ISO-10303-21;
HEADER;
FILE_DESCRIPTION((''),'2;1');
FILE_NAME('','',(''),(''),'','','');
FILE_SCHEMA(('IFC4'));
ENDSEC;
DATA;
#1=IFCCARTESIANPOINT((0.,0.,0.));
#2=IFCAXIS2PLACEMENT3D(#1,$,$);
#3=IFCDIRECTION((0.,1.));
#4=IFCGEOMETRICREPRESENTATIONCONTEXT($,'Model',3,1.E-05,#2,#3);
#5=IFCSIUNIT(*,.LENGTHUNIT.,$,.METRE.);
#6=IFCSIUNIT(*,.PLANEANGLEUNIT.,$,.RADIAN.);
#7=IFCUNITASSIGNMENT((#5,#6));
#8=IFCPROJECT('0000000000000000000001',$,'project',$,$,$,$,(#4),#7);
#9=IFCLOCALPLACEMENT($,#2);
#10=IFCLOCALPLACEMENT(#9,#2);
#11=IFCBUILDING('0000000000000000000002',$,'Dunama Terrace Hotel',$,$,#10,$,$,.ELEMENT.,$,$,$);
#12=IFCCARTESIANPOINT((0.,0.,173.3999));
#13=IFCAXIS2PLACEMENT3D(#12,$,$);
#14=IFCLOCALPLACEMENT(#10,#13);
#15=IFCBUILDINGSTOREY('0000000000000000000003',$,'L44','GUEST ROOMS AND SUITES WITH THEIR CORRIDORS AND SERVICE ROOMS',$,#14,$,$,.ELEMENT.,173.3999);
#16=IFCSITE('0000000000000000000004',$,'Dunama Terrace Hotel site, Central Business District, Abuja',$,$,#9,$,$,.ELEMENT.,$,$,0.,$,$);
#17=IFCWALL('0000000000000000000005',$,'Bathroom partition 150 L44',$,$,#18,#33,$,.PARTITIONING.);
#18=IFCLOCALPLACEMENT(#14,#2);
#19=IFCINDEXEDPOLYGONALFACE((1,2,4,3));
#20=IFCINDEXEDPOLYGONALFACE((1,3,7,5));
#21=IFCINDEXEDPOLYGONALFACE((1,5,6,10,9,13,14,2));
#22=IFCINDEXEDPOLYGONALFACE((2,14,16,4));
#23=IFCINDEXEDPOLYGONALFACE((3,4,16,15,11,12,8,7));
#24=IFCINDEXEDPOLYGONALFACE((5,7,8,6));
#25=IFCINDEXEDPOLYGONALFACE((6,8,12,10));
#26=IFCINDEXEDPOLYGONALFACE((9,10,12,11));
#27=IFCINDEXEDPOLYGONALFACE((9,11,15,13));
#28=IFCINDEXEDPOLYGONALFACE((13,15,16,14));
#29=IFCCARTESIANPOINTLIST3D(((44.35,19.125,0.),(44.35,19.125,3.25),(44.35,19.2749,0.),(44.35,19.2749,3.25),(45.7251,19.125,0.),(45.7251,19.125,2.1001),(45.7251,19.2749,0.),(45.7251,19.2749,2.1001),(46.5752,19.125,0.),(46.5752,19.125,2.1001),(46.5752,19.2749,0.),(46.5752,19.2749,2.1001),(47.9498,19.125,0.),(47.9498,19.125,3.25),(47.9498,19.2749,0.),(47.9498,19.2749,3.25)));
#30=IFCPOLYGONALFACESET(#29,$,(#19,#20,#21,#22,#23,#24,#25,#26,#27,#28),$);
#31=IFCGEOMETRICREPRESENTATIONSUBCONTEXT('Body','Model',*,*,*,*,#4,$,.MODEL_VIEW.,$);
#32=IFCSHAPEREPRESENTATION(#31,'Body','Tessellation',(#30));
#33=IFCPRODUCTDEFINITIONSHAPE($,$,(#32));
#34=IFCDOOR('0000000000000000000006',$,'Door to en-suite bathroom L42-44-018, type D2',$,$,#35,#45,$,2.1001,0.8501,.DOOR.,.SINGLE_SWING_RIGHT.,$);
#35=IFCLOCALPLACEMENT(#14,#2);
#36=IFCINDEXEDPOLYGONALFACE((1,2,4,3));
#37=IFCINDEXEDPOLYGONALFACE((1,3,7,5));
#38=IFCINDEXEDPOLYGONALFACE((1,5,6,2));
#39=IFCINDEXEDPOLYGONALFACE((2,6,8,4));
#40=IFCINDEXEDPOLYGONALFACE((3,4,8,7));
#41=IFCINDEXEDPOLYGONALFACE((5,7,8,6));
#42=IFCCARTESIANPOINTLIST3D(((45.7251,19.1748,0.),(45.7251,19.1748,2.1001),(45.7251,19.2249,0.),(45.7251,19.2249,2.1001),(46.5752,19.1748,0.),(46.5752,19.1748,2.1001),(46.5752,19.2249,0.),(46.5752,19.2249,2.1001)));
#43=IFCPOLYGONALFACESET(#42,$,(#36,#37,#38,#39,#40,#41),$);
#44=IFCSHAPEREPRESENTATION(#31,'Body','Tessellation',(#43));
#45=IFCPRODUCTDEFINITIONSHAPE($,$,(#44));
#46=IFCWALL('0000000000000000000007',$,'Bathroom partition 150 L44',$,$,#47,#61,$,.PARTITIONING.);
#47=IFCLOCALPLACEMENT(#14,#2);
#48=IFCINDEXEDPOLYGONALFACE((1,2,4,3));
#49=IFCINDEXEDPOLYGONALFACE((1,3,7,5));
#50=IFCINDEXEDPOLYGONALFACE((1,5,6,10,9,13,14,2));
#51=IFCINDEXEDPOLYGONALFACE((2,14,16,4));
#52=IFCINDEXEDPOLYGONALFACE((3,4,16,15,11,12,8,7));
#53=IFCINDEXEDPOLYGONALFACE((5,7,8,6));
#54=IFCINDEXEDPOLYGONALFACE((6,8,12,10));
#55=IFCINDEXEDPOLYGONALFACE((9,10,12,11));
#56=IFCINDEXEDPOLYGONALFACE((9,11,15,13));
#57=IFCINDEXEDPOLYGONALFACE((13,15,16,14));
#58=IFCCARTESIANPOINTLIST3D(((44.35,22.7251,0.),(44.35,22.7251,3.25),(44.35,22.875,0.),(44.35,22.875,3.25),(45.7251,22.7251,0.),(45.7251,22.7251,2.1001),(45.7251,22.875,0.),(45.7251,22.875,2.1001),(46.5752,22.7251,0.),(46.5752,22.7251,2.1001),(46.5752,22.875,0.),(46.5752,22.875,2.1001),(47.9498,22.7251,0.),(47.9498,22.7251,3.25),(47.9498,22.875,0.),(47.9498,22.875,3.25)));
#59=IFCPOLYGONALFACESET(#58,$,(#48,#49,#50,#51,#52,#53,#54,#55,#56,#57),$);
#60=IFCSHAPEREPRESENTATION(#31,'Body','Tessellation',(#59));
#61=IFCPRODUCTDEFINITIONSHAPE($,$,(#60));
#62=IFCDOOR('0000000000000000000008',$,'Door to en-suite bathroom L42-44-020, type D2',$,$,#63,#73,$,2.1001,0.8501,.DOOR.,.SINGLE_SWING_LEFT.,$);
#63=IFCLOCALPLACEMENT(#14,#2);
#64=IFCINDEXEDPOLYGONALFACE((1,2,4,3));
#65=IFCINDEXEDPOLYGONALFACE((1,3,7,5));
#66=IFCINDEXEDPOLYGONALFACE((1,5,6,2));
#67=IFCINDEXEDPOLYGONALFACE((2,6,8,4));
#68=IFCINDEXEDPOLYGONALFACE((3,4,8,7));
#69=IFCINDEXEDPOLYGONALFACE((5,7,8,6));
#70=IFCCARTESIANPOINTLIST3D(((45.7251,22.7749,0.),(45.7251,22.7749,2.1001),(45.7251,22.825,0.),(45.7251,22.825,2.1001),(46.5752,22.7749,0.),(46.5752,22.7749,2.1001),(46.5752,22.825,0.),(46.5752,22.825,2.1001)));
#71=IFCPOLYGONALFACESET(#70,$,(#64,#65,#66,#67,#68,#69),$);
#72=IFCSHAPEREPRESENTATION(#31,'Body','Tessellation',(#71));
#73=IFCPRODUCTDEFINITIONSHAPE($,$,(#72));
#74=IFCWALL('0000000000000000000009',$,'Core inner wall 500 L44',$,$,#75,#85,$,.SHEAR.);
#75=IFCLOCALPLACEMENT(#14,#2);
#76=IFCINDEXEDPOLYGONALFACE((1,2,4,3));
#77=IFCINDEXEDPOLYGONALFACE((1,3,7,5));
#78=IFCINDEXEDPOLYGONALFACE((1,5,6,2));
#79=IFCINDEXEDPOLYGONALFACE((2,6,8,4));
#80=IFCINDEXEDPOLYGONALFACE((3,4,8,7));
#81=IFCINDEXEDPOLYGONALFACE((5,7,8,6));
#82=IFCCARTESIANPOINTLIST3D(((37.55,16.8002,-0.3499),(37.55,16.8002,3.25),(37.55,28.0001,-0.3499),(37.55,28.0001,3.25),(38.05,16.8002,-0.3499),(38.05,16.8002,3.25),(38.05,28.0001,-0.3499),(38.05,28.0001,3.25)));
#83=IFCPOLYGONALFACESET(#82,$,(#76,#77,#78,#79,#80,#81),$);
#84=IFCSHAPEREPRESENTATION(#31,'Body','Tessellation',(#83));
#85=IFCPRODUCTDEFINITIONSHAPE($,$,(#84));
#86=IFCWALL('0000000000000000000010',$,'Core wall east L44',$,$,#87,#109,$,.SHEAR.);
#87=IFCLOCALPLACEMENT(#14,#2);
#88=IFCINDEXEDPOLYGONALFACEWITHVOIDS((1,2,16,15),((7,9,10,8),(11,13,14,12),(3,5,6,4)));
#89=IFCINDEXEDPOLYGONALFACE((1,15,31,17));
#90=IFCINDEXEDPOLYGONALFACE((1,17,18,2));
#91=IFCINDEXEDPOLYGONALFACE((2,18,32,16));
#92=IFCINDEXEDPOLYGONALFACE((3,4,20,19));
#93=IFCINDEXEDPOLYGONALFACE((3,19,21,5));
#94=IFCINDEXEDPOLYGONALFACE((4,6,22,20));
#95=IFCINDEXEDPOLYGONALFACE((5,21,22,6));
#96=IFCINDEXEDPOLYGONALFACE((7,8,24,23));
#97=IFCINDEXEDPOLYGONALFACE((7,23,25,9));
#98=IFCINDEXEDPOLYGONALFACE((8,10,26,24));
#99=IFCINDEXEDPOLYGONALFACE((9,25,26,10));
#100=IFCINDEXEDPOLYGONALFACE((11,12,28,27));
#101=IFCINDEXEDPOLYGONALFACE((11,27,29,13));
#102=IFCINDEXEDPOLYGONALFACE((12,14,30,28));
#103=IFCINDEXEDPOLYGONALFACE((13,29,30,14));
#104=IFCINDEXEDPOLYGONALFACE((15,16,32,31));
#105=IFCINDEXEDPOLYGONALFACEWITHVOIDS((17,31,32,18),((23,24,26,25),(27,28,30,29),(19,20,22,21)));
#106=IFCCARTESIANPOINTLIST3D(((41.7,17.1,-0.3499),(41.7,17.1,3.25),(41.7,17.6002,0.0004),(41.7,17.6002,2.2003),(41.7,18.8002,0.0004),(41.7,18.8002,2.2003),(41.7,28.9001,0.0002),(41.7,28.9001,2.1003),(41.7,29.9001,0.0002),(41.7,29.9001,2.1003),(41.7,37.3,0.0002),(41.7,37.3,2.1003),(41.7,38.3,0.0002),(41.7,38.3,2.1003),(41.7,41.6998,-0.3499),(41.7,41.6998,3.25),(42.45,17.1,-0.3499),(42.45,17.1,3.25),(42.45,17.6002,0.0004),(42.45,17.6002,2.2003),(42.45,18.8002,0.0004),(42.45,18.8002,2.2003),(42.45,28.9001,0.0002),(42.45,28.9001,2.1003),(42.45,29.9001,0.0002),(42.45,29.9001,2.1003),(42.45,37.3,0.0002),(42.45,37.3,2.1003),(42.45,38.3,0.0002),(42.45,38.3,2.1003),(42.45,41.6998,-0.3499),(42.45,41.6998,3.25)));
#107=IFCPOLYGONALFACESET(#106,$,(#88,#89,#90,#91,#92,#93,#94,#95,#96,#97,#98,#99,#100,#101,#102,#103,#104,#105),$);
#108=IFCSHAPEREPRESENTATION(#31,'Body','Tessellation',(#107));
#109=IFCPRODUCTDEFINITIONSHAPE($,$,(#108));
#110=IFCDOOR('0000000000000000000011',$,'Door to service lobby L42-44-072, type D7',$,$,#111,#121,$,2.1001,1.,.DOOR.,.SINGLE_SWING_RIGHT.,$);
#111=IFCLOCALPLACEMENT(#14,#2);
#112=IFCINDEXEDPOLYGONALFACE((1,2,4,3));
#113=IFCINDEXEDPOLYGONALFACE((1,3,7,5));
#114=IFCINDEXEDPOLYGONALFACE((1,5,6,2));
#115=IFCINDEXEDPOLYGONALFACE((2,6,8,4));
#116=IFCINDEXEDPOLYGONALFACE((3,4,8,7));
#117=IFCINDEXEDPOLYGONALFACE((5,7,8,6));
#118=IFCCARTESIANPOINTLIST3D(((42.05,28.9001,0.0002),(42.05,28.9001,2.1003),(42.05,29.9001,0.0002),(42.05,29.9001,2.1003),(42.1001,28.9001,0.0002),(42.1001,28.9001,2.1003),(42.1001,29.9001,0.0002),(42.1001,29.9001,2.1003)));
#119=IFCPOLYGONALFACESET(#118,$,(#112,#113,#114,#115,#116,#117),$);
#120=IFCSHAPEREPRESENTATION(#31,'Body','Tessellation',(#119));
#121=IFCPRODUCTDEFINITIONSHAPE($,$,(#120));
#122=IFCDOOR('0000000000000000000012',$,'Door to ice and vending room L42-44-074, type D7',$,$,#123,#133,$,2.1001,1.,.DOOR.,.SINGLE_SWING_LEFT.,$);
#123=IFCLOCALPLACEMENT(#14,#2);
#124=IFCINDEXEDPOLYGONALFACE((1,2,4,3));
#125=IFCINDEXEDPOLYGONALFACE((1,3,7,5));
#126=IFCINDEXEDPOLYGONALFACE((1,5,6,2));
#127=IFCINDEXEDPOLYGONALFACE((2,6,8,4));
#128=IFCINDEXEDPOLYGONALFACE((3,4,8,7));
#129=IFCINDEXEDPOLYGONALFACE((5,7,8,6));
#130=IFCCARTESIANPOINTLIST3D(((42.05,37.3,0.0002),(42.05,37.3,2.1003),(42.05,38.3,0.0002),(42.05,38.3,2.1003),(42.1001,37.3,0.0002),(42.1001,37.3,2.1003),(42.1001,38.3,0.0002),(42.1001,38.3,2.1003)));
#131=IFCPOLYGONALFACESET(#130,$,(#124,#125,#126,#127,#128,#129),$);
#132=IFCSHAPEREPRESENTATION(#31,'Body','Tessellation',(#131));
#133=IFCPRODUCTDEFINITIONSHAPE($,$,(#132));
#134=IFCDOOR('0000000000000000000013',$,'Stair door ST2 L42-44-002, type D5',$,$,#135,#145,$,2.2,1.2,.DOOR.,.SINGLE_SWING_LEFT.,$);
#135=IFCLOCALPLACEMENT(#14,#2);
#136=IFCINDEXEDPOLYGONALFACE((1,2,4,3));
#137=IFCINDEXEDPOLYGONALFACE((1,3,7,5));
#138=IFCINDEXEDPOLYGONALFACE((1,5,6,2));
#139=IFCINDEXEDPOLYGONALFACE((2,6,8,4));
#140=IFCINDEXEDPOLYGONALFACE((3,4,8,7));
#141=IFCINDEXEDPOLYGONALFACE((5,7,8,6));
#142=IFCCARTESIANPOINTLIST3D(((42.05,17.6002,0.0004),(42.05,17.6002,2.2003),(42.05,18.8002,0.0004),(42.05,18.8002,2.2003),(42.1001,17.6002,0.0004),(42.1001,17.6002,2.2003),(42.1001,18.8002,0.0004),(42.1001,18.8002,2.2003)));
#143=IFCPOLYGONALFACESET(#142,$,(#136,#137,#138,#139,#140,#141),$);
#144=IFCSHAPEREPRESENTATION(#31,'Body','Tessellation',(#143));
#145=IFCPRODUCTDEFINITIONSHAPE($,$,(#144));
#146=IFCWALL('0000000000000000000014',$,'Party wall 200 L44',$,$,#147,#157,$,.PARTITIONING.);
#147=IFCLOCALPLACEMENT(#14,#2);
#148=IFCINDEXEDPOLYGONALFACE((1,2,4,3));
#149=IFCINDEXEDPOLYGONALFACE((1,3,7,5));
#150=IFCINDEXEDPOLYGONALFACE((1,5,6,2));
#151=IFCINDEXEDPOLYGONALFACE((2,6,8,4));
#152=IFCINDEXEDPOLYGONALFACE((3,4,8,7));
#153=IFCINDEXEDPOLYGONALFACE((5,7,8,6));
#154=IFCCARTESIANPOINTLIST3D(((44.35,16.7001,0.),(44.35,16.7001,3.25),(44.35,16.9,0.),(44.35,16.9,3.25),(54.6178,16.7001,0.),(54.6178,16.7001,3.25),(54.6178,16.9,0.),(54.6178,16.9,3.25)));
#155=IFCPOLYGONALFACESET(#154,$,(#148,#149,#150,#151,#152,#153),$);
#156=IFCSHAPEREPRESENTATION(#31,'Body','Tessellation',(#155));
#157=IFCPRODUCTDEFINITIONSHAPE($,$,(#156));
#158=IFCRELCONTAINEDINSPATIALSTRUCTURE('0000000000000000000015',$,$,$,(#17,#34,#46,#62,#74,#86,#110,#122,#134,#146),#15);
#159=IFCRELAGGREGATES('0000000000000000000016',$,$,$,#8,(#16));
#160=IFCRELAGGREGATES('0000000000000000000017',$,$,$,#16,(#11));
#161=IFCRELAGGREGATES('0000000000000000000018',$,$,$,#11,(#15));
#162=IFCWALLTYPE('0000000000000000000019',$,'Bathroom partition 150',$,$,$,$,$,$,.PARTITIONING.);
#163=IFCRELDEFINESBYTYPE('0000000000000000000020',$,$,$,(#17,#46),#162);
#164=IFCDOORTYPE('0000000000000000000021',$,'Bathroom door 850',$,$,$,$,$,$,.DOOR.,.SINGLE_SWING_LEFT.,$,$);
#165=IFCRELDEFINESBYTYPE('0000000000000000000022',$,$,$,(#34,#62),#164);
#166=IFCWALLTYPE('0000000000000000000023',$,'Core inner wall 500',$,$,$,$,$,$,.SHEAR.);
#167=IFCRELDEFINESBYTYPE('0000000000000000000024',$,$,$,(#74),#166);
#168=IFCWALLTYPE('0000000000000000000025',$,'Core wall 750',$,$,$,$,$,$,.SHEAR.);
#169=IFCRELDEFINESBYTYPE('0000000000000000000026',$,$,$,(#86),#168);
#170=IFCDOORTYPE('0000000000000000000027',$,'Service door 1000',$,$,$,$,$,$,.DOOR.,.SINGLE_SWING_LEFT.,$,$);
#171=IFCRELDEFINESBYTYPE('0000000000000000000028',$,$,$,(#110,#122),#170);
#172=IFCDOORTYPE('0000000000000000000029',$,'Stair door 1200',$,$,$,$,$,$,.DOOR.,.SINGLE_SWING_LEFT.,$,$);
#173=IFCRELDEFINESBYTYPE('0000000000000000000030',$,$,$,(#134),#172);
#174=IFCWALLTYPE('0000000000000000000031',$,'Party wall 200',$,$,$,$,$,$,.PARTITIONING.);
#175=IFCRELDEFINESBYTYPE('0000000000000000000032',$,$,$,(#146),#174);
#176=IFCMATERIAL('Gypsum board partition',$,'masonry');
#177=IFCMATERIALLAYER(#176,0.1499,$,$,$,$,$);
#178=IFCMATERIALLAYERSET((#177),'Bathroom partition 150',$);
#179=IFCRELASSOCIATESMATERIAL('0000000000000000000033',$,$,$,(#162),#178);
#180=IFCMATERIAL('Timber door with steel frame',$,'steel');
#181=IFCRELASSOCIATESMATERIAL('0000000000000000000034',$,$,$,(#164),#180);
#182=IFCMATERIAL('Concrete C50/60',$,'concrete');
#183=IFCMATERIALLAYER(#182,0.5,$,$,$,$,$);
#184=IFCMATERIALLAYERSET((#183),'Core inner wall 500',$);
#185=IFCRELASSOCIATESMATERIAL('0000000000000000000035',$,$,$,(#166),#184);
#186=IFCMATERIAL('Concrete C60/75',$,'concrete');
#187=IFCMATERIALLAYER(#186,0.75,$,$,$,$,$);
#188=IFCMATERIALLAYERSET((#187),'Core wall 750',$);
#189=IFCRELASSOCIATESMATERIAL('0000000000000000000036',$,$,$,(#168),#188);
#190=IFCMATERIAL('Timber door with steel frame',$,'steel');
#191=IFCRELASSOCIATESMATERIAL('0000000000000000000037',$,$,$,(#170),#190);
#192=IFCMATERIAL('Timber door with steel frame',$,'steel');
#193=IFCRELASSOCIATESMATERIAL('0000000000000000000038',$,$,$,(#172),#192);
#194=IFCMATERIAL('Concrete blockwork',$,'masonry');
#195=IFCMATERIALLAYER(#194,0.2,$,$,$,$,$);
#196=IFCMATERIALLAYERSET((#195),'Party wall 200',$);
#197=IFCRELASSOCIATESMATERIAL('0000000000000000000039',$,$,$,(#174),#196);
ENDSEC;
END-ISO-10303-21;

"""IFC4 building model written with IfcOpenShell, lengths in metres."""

from ifc_helpers import new_model, si_unit, direction, frame, frame_2d, origin, place, context, subcontext, project, spatial, rectangle, extrude, material, layer, layer_set, type_object, element, fill, save


model = new_model("IFC4")

# Units and contexts
model_context = context("Model", 3, precision=1e-05, world=origin(), true_north=direction((0.0, 1.0)))
body_context = subcontext(model_context, "Body", "Model", "MODEL_VIEW")
ifc_project = project(units=[si_unit("LENGTHUNIT", "METRE"), si_unit("PLANEANGLEUNIT", "RADIAN")], contexts=[model_context])

# Site, building, storey
site_placement = place(None, origin())
site = spatial("IfcSite", under=ifc_project, at=site_placement, Name="Dunama Terrace Hotel site, Central Business District, Abuja", CompositionType="ELEMENT", RefElevation=0.0)
building_placement = place(site_placement, origin())
building = spatial("IfcBuilding", under=site, at=building_placement, Name="Dunama Terrace Hotel", CompositionType="ELEMENT")
storey_placement = place(building_placement, frame((0.0, 0.0, 173.3999)))
storey = spatial("IfcBuildingStorey", under=building, at=storey_placement, Name="L44", Description="GUEST ROOMS AND SUITES WITH THEIR CORRIDORS AND SERVICE ROOMS", CompositionType="ELEMENT", Elevation=173.3999)

# Walls, openings, doors
ifc_material_1 = material(Name="Gypsum board partition", Category="masonry")
ifc_layer_1 = layer(ifc_material_1, 0.1499)
ifc_layer_set_1 = layer_set([ifc_layer_1], Name="Bathroom partition 150")
wall_type_1 = type_object("IfcWallType", Name="Bathroom partition 150", PredefinedType="PARTITIONING", material=ifc_layer_set_1)
wall_1_placement = place(storey_placement, frame((44.3501, 19.2, 0.0), z_axis=(0.0, 0.0, 1.0), x_axis=(1.0, 0.0, 0.0)))
wall_1 = element("IfcWall", 1, at=wall_1_placement, inside=storey, type_object=wall_type_1, Name="Bathroom partition 150 L44", PredefinedType="PARTITIONING", context=body_context, shape_type="SweptSolid", body=[
    extrude(rectangle(XDim=3.5999, YDim=0.1499, at=frame_2d((1.7998, 0.0))), origin(), (0.0, 0.0, 1.0), 3.25),
])
opening_1_placement = place(wall_1_placement, frame((1.375, 0.0, 0.0)))
opening_1 = element("IfcOpeningElement", 2, at=opening_1_placement, cuts=wall_1, PredefinedType="OPENING", context=body_context, shape_type="SweptSolid", body=[
    extrude(rectangle(XDim=0.8501, YDim=2.1001, at=frame_2d((0.425, 1.05))), frame((0.0, 0.085, 0.0), z_axis=(0.0, -1.0, 0.0), x_axis=(1.0, 0.0, 0.0)), (0.0, 0.0, 1.0), 0.1699),
])
ifc_material_2 = material(Name="Timber door with steel frame", Category="steel")
door_type_1 = type_object("IfcDoorType", Name="Bathroom door 850", OperationType="SINGLE_SWING_LEFT", PredefinedType="DOOR", material=ifc_material_2)
door_1_placement = place(opening_1_placement, frame((0.8501, 0.0, 0.0), z_axis=(0.0, 0.0, 1.0), x_axis=(-1.0, 0.0, 0.0)))
door_1 = element("IfcDoor", 3, at=door_1_placement, inside=storey, type_object=door_type_1, Name="Door to en-suite bathroom L42-44-018, type D2", OperationType="SINGLE_SWING_RIGHT", OverallHeight=2.1001, OverallWidth=0.8501, PredefinedType="DOOR", context=body_context, shape_type="SweptSolid", body=[
    extrude(rectangle(XDim=0.8501, YDim=2.1001, at=frame_2d((0.425, 1.05))), frame((0.0, 0.0251, 0.0), z_axis=(0.0, -1.0, 0.0), x_axis=(1.0, 0.0, 0.0)), (0.0, 0.0, 1.0), 0.05),
])
fill(opening_1, door_1)
wall_2_placement = place(storey_placement, frame((44.3501, 22.8, 0.0), z_axis=(0.0, 0.0, 1.0), x_axis=(1.0, 0.0, 0.0)))
wall_2 = element("IfcWall", 4, at=wall_2_placement, inside=storey, type_object=wall_type_1, Name="Bathroom partition 150 L44", PredefinedType="PARTITIONING", context=body_context, shape_type="SweptSolid", body=[
    extrude(rectangle(XDim=3.5999, YDim=0.1499, at=frame_2d((1.7998, 0.0))), origin(), (0.0, 0.0, 1.0), 3.25),
])
opening_2_placement = place(wall_2_placement, frame((1.375, 0.0, 0.0)))
opening_2 = element("IfcOpeningElement", 5, at=opening_2_placement, cuts=wall_2, PredefinedType="OPENING", context=body_context, shape_type="SweptSolid", body=[
    extrude(rectangle(XDim=0.8501, YDim=2.1001, at=frame_2d((0.425, 1.05))), frame((0.0, 0.085, 0.0), z_axis=(0.0, -1.0, 0.0), x_axis=(1.0, 0.0, 0.0)), (0.0, 0.0, 1.0), 0.1699),
])
door_2_placement = place(opening_2_placement, origin())
door_2 = element("IfcDoor", 6, at=door_2_placement, inside=storey, type_object=door_type_1, Name="Door to en-suite bathroom L42-44-020, type D2", OperationType="SINGLE_SWING_LEFT", OverallHeight=2.1001, OverallWidth=0.8501, PredefinedType="DOOR", context=body_context, shape_type="SweptSolid", body=[
    extrude(rectangle(XDim=0.8501, YDim=2.1001, at=frame_2d((0.425, 1.05))), frame((0.0, 0.0249, 0.0), z_axis=(0.0, -1.0, 0.0), x_axis=(1.0, 0.0, 0.0)), (0.0, 0.0, 1.0), 0.05),
])
fill(opening_2, door_2)

# Wall
ifc_material_3 = material(Name="Concrete C50/60", Category="concrete")
ifc_layer_2 = layer(ifc_material_3, 0.5)
ifc_layer_set_2 = layer_set([ifc_layer_2], Name="Core inner wall 500")
wall_type_2 = type_object("IfcWallType", Name="Core inner wall 500", PredefinedType="SHEAR", material=ifc_layer_set_2)
wall_3_placement = place(storey_placement, frame((37.8, 16.8, -0.3499), z_axis=(0.0, 0.0, 1.0), x_axis=(0.0, 1.0, 0.0)))
element("IfcWall", 7, at=wall_3_placement, inside=storey, type_object=wall_type_2, Name="Core inner wall 500 L44", PredefinedType="SHEAR", context=body_context, shape_type="SweptSolid", body=[
    extrude(rectangle(XDim=11.2, YDim=0.5, at=frame_2d((5.6001, 0.0))), origin(), (0.0, 0.0, 1.0), 3.5999),
])

# Wall, openings, doors
ifc_material_4 = material(Name="Concrete C60/75", Category="concrete")
ifc_layer_3 = layer(ifc_material_4, 0.75)
ifc_layer_set_3 = layer_set([ifc_layer_3], Name="Core wall 750")
wall_type_3 = type_object("IfcWallType", Name="Core wall 750", PredefinedType="SHEAR", material=ifc_layer_set_3)
wall_4_placement = place(storey_placement, frame((42.075, 17.1001, -0.3499), z_axis=(0.0, 0.0, 1.0), x_axis=(0.0, 1.0, 0.0)))
wall_4 = element("IfcWall", 8, at=wall_4_placement, inside=storey, type_object=wall_type_3, Name="Core wall east L44", PredefinedType="SHEAR", context=body_context, shape_type="SweptSolid", body=[
    extrude(rectangle(XDim=24.5999, YDim=0.75, at=frame_2d((12.2998, 0.0))), origin(), (0.0, 0.0, 1.0), 3.5999),
])
opening_3_placement = place(wall_4_placement, frame((0.5, 0.0, 0.3501)))
opening_3 = element("IfcOpeningElement", 9, at=opening_3_placement, cuts=wall_4, PredefinedType="OPENING", context=body_context, shape_type="SweptSolid", body=[
    extrude(rectangle(XDim=1.2, YDim=2.2, at=frame_2d((0.6001, 1.1001))), frame((0.0, 0.385, 0.0), z_axis=(0.0, -1.0, 0.0), x_axis=(1.0, 0.0, 0.0)), (0.0, 0.0, 1.0), 0.77),
])
opening_4_placement = place(wall_4_placement, frame((11.8, 0.0, 0.3501)))
opening_4 = element("IfcOpeningElement", 10, at=opening_4_placement, cuts=wall_4, PredefinedType="OPENING", context=body_context, shape_type="SweptSolid", body=[
    extrude(rectangle(XDim=1.0, YDim=2.1001, at=frame_2d((0.5, 1.05))), frame((0.0, 0.385, 0.0), z_axis=(0.0, -1.0, 0.0), x_axis=(1.0, 0.0, 0.0)), (0.0, 0.0, 1.0), 0.77),
])
opening_5_placement = place(wall_4_placement, frame((20.2, 0.0, 0.3501)))
opening_5 = element("IfcOpeningElement", 11, at=opening_5_placement, cuts=wall_4, PredefinedType="OPENING", context=body_context, shape_type="SweptSolid", body=[
    extrude(rectangle(XDim=1.0, YDim=2.1001, at=frame_2d((0.5, 1.05))), frame((0.0, 0.385, 0.0), z_axis=(0.0, -1.0, 0.0), x_axis=(1.0, 0.0, 0.0)), (0.0, 0.0, 1.0), 0.77),
])
ifc_material_5 = material(Name="Timber door with steel frame", Category="steel")
door_type_2 = type_object("IfcDoorType", Name="Service door 1000", OperationType="SINGLE_SWING_LEFT", PredefinedType="DOOR", material=ifc_material_5)
door_3_placement = place(opening_4_placement, origin())
door_3 = element("IfcDoor", 12, at=door_3_placement, inside=storey, type_object=door_type_2, Name="Door to service lobby L42-44-072, type D7", OperationType="SINGLE_SWING_RIGHT", OverallHeight=2.1001, OverallWidth=1.0, PredefinedType="DOOR", context=body_context, shape_type="SweptSolid", body=[
    extrude(rectangle(XDim=1.0, YDim=2.1001, at=frame_2d((0.5, 1.05))), frame((0.0, 0.0249, 0.0), z_axis=(0.0, -1.0, 0.0), x_axis=(1.0, 0.0, 0.0)), (0.0, 0.0, 1.0), 0.05),
])
fill(opening_4, door_3)
door_4_placement = place(opening_5_placement, origin())
door_4 = element("IfcDoor", 13, at=door_4_placement, inside=storey, type_object=door_type_2, Name="Door to ice and vending room L42-44-074, type D7", OperationType="SINGLE_SWING_LEFT", OverallHeight=2.1001, OverallWidth=1.0, PredefinedType="DOOR", context=body_context, shape_type="SweptSolid", body=[
    extrude(rectangle(XDim=1.0, YDim=2.1001, at=frame_2d((0.5, 1.05))), frame((0.0, 0.0249, 0.0), z_axis=(0.0, -1.0, 0.0), x_axis=(1.0, 0.0, 0.0)), (0.0, 0.0, 1.0), 0.05),
])
fill(opening_5, door_4)
ifc_material_6 = material(Name="Timber door with steel frame", Category="steel")
door_type_3 = type_object("IfcDoorType", Name="Stair door 1200", OperationType="SINGLE_SWING_LEFT", PredefinedType="DOOR", material=ifc_material_6)
door_5_placement = place(opening_3_placement, origin())
door_5 = element("IfcDoor", 14, at=door_5_placement, inside=storey, type_object=door_type_3, Name="Stair door ST2 L42-44-002, type D5", OperationType="SINGLE_SWING_LEFT", OverallHeight=2.2, OverallWidth=1.2, PredefinedType="DOOR", context=body_context, shape_type="SweptSolid", body=[
    extrude(rectangle(XDim=1.2, YDim=2.2, at=frame_2d((0.6001, 1.1001))), frame((0.0, 0.0249, 0.0), z_axis=(0.0, -1.0, 0.0), x_axis=(1.0, 0.0, 0.0)), (0.0, 0.0, 1.0), 0.05),
])
fill(opening_3, door_5)

# Wall
ifc_material_7 = material(Name="Concrete blockwork", Category="masonry")
ifc_layer_4 = layer(ifc_material_7, 0.2)
ifc_layer_set_4 = layer_set([ifc_layer_4], Name="Party wall 200")
wall_type_4 = type_object("IfcWallType", Name="Party wall 200", PredefinedType="PARTITIONING", material=ifc_layer_set_4)
for number, where, z_axis, x_axis, name in (
    (15, (44.3501, 16.8, 0.0), (0.0, 0.0, 1.0), (1.0, 0.0, 0.0), "Party wall 200 L44"),
):
    element("IfcWall", number, at=place(storey_placement, frame(where, z_axis=z_axis, x_axis=x_axis)), inside=storey, type_object=wall_type_4, Name=name, PredefinedType="PARTITIONING", context=body_context, shape_type="SweptSolid", body=[
        extrude(rectangle(XDim=10.2678, YDim=0.2, at=frame_2d((5.1338, 0.0))), origin(), (0.0, 0.0, 1.0), 3.25),
    ])

save(model, "model.ifc")
